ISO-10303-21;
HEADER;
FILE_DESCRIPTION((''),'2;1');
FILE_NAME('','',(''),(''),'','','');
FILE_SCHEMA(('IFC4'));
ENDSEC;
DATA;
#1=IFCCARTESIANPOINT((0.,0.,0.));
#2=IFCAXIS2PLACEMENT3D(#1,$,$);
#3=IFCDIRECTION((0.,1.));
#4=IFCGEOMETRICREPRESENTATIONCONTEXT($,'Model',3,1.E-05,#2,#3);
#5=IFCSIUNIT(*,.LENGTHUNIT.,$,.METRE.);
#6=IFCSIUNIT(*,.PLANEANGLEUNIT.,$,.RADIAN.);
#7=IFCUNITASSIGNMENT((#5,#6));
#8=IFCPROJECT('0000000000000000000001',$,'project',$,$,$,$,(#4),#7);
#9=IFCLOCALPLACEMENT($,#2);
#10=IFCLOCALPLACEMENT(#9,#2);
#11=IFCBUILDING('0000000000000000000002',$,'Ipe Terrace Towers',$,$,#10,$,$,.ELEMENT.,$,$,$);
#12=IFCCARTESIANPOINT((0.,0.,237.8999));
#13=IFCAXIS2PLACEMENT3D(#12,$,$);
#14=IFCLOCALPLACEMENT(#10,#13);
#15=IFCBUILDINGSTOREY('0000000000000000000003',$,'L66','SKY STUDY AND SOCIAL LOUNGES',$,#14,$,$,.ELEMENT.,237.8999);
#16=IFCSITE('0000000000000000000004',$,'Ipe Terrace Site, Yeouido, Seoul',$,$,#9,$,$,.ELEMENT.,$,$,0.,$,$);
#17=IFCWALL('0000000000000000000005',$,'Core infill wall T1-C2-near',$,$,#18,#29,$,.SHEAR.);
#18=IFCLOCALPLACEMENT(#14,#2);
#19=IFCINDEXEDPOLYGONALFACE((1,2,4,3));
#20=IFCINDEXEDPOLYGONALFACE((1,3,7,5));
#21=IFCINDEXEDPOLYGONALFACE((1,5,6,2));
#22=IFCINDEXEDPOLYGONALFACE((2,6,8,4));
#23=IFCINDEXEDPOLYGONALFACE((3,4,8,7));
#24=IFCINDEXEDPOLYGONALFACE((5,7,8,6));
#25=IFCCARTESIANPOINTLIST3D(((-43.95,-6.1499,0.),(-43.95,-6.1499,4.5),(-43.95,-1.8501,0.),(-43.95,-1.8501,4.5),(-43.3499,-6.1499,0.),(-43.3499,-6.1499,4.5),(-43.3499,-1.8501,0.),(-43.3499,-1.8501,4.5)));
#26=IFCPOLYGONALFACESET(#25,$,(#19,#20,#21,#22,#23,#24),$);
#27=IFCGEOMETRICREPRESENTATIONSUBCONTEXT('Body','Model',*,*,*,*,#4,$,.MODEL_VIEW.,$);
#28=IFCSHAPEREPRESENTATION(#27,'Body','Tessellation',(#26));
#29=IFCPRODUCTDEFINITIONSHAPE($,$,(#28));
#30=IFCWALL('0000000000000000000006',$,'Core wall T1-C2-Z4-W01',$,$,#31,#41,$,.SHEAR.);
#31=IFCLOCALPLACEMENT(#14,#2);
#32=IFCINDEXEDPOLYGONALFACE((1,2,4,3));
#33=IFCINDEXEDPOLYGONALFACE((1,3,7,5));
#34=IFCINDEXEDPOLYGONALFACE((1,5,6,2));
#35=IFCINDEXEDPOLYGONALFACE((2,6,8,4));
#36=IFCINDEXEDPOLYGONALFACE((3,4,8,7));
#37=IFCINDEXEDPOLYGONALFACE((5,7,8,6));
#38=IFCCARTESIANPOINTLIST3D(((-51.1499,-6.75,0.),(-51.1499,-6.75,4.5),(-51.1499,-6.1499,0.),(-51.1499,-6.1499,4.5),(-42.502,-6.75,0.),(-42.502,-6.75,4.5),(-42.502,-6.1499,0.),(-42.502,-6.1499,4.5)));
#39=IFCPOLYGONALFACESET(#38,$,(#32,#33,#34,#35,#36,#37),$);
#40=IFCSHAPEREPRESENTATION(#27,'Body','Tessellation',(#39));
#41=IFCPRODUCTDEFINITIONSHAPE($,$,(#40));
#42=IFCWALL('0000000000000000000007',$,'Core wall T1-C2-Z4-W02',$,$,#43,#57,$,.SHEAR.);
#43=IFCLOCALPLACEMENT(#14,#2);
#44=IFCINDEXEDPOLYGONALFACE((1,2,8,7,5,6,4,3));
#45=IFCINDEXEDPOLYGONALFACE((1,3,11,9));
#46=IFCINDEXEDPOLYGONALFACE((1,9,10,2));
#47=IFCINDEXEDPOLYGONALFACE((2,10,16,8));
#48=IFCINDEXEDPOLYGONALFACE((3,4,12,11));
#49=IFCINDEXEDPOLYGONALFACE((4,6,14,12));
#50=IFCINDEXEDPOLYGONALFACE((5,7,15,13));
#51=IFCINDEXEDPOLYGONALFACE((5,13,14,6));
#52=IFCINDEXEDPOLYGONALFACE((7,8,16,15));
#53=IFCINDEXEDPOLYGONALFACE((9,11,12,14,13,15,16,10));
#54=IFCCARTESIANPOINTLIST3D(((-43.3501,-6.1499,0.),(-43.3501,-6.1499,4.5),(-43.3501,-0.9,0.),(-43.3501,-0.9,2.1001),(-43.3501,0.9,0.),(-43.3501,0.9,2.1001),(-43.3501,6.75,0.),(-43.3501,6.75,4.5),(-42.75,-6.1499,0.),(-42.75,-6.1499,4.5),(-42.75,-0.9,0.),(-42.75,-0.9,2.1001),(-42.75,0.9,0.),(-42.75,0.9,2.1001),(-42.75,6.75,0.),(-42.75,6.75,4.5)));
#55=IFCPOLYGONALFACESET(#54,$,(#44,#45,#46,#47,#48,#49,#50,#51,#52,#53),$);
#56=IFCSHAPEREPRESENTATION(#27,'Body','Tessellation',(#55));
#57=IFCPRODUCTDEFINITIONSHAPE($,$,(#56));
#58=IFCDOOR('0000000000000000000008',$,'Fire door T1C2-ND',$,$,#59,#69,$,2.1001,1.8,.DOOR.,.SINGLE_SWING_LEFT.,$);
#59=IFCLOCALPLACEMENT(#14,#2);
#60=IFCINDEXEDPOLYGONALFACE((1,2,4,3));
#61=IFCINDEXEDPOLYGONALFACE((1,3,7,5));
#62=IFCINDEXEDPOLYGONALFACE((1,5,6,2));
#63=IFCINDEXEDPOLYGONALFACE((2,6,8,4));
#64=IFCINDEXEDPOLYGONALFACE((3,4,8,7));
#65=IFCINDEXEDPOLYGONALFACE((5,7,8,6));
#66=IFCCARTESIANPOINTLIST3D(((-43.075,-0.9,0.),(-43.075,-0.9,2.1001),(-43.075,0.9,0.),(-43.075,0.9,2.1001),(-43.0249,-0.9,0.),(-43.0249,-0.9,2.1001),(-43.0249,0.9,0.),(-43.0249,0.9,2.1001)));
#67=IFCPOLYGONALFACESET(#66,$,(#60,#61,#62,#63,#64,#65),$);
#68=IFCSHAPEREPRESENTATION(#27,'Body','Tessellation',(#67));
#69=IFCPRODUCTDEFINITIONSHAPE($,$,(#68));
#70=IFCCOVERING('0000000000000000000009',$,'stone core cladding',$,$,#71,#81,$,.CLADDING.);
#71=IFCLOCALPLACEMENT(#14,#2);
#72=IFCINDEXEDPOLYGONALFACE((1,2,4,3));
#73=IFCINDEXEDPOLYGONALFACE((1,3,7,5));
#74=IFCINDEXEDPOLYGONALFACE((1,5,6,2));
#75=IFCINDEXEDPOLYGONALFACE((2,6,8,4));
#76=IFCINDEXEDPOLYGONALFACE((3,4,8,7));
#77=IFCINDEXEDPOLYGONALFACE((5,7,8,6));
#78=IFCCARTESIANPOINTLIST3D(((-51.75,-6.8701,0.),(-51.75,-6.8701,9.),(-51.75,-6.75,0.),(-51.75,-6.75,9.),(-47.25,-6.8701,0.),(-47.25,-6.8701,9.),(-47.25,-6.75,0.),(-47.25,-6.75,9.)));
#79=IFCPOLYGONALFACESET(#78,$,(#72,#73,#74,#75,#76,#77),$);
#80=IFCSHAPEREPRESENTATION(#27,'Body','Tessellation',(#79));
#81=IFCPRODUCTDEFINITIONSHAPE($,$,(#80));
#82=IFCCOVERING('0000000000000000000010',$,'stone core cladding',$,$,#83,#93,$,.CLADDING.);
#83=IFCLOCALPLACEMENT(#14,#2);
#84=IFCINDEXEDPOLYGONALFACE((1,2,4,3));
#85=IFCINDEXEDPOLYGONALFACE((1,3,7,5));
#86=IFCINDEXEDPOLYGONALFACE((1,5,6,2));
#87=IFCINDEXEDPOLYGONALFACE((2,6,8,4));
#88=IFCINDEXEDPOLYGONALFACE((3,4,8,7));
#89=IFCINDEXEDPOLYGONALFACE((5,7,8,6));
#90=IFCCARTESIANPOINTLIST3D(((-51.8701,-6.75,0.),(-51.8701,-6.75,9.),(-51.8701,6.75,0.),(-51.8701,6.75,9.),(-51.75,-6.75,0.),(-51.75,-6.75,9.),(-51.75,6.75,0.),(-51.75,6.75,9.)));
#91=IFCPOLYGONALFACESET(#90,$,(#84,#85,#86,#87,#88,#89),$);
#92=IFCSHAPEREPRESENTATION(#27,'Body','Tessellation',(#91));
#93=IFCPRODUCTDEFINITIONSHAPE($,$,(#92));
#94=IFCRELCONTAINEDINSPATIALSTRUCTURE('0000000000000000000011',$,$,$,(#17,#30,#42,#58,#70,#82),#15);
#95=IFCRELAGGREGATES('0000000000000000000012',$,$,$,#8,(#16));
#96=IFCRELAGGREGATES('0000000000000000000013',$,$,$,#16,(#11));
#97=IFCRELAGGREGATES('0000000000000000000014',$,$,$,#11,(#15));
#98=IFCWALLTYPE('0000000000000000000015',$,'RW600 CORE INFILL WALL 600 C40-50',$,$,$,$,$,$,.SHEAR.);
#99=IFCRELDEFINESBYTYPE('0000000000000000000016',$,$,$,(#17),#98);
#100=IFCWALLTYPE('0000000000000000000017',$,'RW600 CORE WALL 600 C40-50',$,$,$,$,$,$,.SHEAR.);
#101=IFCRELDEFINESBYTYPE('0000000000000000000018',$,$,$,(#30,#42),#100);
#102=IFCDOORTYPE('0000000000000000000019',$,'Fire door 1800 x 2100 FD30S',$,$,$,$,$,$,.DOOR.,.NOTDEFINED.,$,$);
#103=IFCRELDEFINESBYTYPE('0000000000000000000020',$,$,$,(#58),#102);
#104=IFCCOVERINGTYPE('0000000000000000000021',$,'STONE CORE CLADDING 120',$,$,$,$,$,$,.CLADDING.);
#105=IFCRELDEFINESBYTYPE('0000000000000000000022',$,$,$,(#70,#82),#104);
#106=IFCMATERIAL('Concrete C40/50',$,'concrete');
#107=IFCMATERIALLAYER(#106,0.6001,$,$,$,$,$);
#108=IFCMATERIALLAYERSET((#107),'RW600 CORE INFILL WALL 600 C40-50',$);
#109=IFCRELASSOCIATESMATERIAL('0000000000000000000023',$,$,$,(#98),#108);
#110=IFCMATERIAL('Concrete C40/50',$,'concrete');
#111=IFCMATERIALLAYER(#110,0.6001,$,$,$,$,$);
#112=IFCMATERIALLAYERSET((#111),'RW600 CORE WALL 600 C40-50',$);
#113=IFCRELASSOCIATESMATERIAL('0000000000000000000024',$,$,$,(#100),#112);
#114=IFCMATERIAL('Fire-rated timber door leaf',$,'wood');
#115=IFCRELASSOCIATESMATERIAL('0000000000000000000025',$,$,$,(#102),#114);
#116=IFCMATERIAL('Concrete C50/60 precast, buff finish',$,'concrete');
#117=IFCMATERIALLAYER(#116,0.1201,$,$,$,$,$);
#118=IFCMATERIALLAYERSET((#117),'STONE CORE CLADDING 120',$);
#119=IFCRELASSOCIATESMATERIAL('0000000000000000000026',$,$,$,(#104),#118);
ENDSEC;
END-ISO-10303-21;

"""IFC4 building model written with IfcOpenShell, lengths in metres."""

from ifc_helpers import new_model, si_unit, direction, frame, frame_2d, origin, origin_2d, place, context, subcontext, project, spatial, rectangle, extrude, material, layer, layer_set, type_object, element, fill, save


model = new_model("IFC4")

# Units and contexts
model_context = context("Model", 3, precision=1e-05, world=origin(), true_north=direction((0.0, 1.0)))
body_context = subcontext(model_context, "Body", "Model", "MODEL_VIEW")
ifc_project = project(units=[si_unit("LENGTHUNIT", "METRE"), si_unit("PLANEANGLEUNIT", "RADIAN")], contexts=[model_context])

# Site, building, storey
site_placement = place(None, origin())
site = spatial("IfcSite", under=ifc_project, at=site_placement, Name="Ipe Terrace Site, Yeouido, Seoul", CompositionType="ELEMENT", RefElevation=0.0)
building_placement = place(site_placement, origin())
building = spatial("IfcBuilding", under=site, at=building_placement, Name="Ipe Terrace Towers", CompositionType="ELEMENT")
storey_placement = place(building_placement, frame((0.0, 0.0, 237.8999)))
storey = spatial("IfcBuildingStorey", under=building, at=storey_placement, Name="L66", Description="SKY STUDY AND SOCIAL LOUNGES", CompositionType="ELEMENT", Elevation=237.8999)

# Walls
ifc_material_1 = material(Name="Concrete C40/50", Category="concrete")
ifc_layer_1 = layer(ifc_material_1, 0.6001)
ifc_layer_set_1 = layer_set([ifc_layer_1], Name="RW600 CORE INFILL WALL 600 C40-50")
wall_type_1 = type_object("IfcWallType", Name="RW600 CORE INFILL WALL 600 C40-50", PredefinedType="SHEAR", material=ifc_layer_set_1)
wall_1_placement = place(storey_placement, frame((-43.6499, -1.8501, 0.0), z_axis=(0.0, 0.0, 1.0), x_axis=(0.0, -1.0, 0.0)))
element("IfcWall", 1, at=wall_1_placement, inside=storey, type_object=wall_type_1, Name="Core infill wall T1-C2-near", PredefinedType="SHEAR", context=body_context, shape_type="SweptSolid", body=[
    extrude(rectangle(XDim=4.2998, YDim=0.6001, at=frame_2d((2.1499, 0.0))), origin(), (0.0, 0.0, 1.0), 4.5),
])
ifc_material_2 = material(Name="Concrete C40/50", Category="concrete")
ifc_layer_2 = layer(ifc_material_2, 0.6001)
ifc_layer_set_2 = layer_set([ifc_layer_2], Name="RW600 CORE WALL 600 C40-50")
wall_type_2 = type_object("IfcWallType", Name="RW600 CORE WALL 600 C40-50", PredefinedType="SHEAR", material=ifc_layer_set_2)
wall_2_placement = place(storey_placement, frame((-51.1499, -6.45, 0.0), z_axis=(0.0, 0.0, 1.0), x_axis=(1.0, 0.0, 0.0)))
element("IfcWall", 2, at=wall_2_placement, inside=storey, type_object=wall_type_2, Name="Core wall T1-C2-Z4-W01", PredefinedType="SHEAR", context=body_context, shape_type="SweptSolid", body=[
    extrude(rectangle(XDim=8.6479, YDim=0.6001, at=frame_2d((4.324, 0.0))), origin(), (0.0, 0.0, 1.0), 4.5),
])

# Wall, opening, door
wall_3_placement = place(storey_placement, frame((-43.05, -6.1499, 0.0), z_axis=(0.0, 0.0, 1.0), x_axis=(0.0, 1.0, 0.0)))
wall_3 = element("IfcWall", 3, at=wall_3_placement, inside=storey, type_object=wall_type_2, Name="Core wall T1-C2-Z4-W02", PredefinedType="SHEAR", context=body_context, shape_type="SweptSolid", body=[
    extrude(rectangle(XDim=12.8999, YDim=0.6001, at=frame_2d((6.45, 0.0))), origin(), (0.0, 0.0, 1.0), 4.5),
])
opening_1_placement = place(wall_3_placement, frame((5.25, 0.0, 0.0)))
opening_1 = element("IfcOpeningElement", 4, at=opening_1_placement, cuts=wall_3, PredefinedType="OPENING", context=body_context, shape_type="SweptSolid", body=[
    extrude(rectangle(XDim=1.8, YDim=2.1001, at=frame_2d((0.8999, 1.05))), frame((0.0, 0.3101, 0.0), z_axis=(0.0, -1.0, 0.0), x_axis=(1.0, 0.0, 0.0)), (0.0, 0.0, 1.0), 0.6201),
])
ifc_material_3 = material(Name="Fire-rated timber door leaf", Category="wood")
door_type_1 = type_object("IfcDoorType", Name="Fire door 1800 x 2100 FD30S", OperationType="NOTDEFINED", PredefinedType="DOOR", material=ifc_material_3)
door_1_placement = place(opening_1_placement, origin())
door_1 = element("IfcDoor", 5, at=door_1_placement, inside=storey, type_object=door_type_1, Name="Fire door T1C2-ND", OperationType="SINGLE_SWING_LEFT", OverallHeight=2.1001, OverallWidth=1.8, PredefinedType="DOOR", context=body_context, shape_type="SweptSolid", body=[
    extrude(rectangle(XDim=1.8, YDim=2.1001, at=frame_2d((0.8999, 1.05))), frame((0.0, 0.0249, 0.0), z_axis=(0.0, -1.0, 0.0), x_axis=(1.0, 0.0, 0.0)), (0.0, 0.0, 1.0), 0.05),
])
fill(opening_1, door_1)

# Coverings
ifc_material_4 = material(Name="Concrete C50/60 precast, buff finish", Category="concrete")
ifc_layer_3 = layer(ifc_material_4, 0.1201)
ifc_layer_set_3 = layer_set([ifc_layer_3], Name="STONE CORE CLADDING 120")
covering_type = type_object("IfcCoveringType", Name="STONE CORE CLADDING 120", PredefinedType="CLADDING", material=ifc_layer_set_3)
covering_1_placement = place(storey_placement, frame((-49.5, -6.8101, 0.0), z_axis=(0.0, 0.0, 1.0), x_axis=(1.0, 0.0, 0.0)))
element("IfcCovering", 6, at=covering_1_placement, inside=storey, type_object=covering_type, Name="stone core cladding", PredefinedType="CLADDING", context=body_context, shape_type="SweptSolid", body=[
    extrude(rectangle(XDim=4.5, YDim=0.1201, at=origin_2d()), origin(), (0.0, 0.0, 1.0), 9.0),
])
covering_2_placement = place(storey_placement, frame((-51.8101, 0.0, 0.0), z_axis=(0.0, 0.0, 1.0), x_axis=(0.0, -1.0, 0.0)))
element("IfcCovering", 7, at=covering_2_placement, inside=storey, type_object=covering_type, Name="stone core cladding", PredefinedType="CLADDING", context=body_context, shape_type="SweptSolid", body=[
    extrude(rectangle(XDim=13.5, YDim=0.1201, at=origin_2d()), origin(), (0.0, 0.0, 1.0), 9.0),
])

save(model, "model.ifc")
